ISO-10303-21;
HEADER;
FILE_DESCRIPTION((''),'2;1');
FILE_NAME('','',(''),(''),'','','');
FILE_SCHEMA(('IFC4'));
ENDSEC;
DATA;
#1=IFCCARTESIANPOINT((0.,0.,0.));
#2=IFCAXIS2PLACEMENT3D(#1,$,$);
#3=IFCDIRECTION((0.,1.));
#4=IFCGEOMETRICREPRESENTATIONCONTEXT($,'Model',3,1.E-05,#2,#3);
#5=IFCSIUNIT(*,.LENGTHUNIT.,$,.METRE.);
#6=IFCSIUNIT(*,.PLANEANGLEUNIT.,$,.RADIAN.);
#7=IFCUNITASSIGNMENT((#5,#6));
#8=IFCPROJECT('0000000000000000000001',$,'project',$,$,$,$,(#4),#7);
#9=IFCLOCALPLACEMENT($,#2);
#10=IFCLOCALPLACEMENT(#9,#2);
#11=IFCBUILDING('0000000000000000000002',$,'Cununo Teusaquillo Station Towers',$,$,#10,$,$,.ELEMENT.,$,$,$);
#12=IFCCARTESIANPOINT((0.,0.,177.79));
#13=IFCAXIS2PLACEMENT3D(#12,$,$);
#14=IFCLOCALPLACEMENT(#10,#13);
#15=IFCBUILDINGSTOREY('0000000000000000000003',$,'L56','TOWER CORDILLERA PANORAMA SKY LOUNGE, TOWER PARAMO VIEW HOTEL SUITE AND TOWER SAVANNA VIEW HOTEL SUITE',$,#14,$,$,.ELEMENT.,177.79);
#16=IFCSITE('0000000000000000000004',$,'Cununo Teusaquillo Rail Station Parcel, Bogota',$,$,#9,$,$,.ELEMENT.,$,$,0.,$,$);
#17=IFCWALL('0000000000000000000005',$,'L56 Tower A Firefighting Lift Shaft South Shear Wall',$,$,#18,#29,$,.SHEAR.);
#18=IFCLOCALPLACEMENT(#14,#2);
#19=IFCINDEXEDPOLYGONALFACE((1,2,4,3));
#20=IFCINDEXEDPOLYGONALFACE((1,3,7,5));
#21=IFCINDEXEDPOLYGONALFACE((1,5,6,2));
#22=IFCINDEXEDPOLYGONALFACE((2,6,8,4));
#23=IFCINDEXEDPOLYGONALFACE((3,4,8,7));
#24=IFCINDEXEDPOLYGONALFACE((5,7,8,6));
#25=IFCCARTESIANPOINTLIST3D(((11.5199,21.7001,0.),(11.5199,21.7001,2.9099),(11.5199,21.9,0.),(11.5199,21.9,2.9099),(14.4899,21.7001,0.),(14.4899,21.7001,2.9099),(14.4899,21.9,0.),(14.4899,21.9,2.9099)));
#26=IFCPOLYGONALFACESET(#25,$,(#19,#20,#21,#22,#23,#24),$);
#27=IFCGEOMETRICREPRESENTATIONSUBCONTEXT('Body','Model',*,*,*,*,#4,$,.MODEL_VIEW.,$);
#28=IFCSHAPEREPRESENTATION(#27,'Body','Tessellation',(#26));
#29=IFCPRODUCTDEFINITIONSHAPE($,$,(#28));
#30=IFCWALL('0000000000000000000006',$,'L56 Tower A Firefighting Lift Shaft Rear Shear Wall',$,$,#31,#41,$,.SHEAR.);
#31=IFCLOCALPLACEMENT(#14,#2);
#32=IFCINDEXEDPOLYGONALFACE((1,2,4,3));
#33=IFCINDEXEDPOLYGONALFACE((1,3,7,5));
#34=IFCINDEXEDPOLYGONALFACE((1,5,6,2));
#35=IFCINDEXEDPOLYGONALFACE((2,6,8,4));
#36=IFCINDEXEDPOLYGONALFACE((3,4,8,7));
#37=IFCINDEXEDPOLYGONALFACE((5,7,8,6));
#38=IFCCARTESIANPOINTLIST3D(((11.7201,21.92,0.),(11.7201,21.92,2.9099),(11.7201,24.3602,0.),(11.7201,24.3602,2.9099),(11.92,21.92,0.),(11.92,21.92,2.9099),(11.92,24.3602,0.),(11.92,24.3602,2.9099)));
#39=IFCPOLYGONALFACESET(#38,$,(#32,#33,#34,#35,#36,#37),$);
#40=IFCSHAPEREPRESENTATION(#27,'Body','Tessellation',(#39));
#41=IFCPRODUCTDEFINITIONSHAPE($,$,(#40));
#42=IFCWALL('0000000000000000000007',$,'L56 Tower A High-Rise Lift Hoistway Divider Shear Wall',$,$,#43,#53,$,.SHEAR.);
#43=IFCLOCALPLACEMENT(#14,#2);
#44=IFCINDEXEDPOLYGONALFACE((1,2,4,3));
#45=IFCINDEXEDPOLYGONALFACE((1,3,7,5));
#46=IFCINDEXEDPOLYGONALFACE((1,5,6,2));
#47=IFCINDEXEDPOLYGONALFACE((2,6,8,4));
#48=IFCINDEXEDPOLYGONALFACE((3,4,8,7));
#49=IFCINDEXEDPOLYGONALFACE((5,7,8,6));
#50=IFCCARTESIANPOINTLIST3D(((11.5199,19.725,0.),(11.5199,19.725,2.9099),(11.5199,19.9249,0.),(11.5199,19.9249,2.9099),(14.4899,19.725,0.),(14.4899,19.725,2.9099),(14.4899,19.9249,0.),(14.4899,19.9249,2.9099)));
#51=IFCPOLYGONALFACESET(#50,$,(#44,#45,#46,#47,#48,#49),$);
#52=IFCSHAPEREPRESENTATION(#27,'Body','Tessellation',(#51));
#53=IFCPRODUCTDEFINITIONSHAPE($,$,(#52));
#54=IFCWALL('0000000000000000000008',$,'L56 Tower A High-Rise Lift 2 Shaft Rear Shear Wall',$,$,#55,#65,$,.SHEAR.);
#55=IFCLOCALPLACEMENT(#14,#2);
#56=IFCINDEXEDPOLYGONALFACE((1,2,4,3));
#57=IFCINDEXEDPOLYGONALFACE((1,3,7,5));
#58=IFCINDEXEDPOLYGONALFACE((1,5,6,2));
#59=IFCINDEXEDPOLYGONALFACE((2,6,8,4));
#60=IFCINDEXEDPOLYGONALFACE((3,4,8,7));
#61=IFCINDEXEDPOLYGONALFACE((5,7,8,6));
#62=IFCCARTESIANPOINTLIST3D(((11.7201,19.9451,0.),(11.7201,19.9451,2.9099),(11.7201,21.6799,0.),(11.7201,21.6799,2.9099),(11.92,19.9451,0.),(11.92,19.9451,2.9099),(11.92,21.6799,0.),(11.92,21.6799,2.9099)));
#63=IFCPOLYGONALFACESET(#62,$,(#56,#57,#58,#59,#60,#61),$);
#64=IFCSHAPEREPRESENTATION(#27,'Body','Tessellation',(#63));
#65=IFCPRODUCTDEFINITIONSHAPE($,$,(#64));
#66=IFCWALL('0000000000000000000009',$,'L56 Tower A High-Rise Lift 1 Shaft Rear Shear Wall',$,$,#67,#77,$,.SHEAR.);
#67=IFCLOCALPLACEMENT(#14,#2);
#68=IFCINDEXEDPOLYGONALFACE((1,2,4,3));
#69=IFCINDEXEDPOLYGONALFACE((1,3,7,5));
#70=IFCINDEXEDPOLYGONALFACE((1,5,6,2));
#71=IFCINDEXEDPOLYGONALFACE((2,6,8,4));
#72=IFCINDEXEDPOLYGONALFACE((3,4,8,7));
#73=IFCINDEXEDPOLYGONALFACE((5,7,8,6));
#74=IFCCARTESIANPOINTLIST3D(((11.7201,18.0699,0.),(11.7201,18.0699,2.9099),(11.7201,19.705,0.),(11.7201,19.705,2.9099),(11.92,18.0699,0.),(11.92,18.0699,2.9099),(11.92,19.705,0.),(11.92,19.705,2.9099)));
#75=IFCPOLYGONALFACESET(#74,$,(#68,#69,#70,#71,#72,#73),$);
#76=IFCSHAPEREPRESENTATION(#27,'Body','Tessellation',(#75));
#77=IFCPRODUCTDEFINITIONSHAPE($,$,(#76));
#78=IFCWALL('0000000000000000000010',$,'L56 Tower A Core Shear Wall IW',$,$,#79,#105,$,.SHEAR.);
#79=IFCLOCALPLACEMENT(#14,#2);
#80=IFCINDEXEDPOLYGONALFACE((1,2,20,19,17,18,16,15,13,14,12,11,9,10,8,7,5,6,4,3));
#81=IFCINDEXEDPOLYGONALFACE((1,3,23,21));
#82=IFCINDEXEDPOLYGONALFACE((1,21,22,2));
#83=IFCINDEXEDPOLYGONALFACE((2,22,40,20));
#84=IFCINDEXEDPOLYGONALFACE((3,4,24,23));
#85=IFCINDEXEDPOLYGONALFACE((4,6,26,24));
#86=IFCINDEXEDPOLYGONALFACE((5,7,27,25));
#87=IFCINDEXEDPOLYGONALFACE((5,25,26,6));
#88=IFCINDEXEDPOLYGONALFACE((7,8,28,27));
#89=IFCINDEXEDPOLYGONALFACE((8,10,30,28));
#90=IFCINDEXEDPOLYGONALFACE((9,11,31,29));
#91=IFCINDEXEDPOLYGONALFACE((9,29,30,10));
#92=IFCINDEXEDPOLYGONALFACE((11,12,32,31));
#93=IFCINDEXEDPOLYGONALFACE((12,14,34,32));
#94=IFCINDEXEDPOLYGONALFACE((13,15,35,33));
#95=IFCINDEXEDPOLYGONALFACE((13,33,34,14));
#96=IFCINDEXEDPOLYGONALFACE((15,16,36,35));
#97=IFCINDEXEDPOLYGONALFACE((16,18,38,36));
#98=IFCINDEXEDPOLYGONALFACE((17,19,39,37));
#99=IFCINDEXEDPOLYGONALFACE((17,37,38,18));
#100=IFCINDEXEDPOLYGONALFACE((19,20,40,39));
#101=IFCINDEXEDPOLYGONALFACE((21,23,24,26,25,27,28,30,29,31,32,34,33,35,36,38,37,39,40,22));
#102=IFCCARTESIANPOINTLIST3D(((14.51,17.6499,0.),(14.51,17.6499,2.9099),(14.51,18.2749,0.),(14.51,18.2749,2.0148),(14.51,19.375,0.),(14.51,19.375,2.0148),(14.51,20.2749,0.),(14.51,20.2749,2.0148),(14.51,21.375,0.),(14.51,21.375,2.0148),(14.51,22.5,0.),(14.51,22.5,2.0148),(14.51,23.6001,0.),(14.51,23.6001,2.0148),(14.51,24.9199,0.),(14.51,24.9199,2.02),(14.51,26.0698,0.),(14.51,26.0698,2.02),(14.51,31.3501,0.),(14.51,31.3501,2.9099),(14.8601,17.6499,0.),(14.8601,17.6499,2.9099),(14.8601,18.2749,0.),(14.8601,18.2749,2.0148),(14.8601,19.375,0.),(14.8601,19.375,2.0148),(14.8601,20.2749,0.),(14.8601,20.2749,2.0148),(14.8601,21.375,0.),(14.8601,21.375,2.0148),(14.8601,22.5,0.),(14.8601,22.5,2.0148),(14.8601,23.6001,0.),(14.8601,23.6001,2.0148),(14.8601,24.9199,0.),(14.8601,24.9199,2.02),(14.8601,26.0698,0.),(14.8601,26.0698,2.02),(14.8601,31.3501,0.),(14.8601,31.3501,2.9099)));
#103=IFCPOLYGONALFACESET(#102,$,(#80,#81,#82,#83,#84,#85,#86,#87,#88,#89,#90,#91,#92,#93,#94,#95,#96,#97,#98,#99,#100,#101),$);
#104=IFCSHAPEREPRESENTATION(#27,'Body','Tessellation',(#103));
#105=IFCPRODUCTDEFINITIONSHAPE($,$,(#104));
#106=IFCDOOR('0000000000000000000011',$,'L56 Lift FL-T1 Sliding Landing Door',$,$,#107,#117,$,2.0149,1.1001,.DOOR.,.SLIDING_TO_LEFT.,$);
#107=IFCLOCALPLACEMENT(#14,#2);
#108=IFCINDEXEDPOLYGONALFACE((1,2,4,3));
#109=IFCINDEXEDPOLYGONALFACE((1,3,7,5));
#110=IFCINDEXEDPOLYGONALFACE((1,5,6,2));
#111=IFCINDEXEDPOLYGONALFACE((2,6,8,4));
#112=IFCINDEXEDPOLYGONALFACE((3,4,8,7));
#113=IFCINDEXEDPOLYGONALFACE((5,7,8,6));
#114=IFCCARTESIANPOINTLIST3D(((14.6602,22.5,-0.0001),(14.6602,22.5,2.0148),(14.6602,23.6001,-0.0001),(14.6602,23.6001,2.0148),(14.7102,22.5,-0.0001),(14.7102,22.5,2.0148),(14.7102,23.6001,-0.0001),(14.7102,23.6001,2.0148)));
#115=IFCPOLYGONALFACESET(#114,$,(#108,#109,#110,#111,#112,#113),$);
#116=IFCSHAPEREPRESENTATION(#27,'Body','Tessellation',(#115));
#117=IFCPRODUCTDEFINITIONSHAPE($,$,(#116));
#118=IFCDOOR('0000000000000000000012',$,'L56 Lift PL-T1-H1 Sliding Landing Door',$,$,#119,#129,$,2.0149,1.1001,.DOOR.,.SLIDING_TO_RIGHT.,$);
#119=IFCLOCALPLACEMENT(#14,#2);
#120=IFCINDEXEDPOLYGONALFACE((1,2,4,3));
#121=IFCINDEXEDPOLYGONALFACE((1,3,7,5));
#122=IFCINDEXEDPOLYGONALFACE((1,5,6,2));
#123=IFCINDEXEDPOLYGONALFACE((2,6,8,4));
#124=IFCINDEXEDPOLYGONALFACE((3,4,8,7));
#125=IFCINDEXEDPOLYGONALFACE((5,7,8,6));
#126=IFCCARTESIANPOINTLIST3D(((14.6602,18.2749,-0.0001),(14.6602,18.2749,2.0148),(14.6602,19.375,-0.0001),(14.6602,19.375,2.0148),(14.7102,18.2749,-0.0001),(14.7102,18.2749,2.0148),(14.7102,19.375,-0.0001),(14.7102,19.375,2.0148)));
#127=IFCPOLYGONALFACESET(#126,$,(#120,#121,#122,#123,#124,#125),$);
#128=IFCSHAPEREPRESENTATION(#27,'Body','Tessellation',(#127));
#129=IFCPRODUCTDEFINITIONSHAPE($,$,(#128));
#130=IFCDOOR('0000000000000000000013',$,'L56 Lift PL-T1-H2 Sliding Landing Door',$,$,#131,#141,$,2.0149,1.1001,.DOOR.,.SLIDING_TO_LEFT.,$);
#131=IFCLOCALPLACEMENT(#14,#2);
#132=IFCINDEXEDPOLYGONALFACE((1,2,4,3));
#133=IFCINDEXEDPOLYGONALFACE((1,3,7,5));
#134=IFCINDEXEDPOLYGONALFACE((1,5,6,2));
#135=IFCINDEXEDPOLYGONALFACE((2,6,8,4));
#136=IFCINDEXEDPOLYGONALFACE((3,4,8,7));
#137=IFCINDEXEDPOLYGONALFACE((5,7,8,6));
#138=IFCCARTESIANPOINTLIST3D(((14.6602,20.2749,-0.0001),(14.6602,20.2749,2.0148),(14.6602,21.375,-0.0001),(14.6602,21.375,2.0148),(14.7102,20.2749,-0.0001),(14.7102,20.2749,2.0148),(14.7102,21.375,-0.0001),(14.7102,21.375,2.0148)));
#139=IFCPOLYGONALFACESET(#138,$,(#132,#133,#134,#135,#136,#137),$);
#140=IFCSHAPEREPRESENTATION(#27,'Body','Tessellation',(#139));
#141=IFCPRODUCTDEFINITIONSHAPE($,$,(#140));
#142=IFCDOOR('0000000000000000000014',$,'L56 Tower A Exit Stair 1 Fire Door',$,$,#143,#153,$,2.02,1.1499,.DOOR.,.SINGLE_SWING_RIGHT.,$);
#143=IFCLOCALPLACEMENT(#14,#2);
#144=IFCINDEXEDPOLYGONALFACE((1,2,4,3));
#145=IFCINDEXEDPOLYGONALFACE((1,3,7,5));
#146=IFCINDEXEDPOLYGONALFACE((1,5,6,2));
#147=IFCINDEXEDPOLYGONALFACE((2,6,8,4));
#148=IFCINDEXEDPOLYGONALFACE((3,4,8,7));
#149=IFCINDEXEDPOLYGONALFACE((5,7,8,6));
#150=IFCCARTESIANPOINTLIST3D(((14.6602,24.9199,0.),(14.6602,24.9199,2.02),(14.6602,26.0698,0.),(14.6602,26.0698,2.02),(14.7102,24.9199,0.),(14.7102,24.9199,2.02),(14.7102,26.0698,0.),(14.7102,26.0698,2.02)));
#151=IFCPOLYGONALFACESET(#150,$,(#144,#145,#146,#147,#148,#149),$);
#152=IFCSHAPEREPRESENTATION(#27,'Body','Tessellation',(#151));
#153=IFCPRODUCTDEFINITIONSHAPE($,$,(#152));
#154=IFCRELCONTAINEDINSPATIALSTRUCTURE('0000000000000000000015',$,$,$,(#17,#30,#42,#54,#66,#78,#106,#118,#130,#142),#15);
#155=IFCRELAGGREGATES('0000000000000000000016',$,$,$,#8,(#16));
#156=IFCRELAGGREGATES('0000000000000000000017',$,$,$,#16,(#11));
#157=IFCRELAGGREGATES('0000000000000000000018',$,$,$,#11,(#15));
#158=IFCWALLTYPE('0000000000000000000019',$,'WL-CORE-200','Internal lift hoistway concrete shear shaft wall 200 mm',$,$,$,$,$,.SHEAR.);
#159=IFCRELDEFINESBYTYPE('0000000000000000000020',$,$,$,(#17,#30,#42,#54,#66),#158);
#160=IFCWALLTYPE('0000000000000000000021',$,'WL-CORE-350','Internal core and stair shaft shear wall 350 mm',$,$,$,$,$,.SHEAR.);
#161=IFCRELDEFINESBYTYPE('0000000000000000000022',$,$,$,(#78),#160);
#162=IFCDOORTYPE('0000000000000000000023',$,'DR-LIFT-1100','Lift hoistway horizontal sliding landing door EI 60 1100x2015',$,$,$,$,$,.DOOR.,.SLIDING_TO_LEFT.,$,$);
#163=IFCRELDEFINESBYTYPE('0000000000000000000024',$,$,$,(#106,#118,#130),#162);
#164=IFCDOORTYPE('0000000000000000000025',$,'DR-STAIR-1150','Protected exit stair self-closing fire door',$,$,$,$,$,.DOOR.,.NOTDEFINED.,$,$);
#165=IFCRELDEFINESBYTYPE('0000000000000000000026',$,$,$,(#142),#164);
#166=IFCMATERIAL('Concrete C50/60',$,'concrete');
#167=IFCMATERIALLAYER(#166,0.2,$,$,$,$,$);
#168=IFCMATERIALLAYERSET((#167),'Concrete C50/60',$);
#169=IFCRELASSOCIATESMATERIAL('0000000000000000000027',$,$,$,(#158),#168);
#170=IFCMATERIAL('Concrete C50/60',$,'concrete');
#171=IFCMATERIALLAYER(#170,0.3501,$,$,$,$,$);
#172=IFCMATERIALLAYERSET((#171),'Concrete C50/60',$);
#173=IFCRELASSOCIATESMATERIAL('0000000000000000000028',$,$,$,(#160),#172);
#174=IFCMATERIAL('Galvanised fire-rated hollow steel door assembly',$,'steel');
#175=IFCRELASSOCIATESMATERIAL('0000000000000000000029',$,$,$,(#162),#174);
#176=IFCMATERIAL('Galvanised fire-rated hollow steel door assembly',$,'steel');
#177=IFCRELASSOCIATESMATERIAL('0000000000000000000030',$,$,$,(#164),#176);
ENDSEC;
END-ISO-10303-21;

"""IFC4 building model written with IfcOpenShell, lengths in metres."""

from ifc_helpers import new_model, si_unit, direction, frame, frame_2d, origin, place, context, subcontext, project, spatial, rectangle, extrude, source, transform, mapped, material, layer, layer_set, type_object, element, fill, save


model = new_model("IFC4")

# Units and contexts
model_context = context("Model", 3, precision=1e-05, world=origin(), true_north=direction((0.0, 1.0)))
body_context = subcontext(model_context, "Body", "Model", "MODEL_VIEW")
ifc_project = project(units=[si_unit("LENGTHUNIT", "METRE"), si_unit("PLANEANGLEUNIT", "RADIAN")], contexts=[model_context])

# Site, building, storey
site_placement = place(None, origin())
site = spatial("IfcSite", under=ifc_project, at=site_placement, Name="Cununo Teusaquillo Rail Station Parcel, Bogota", CompositionType="ELEMENT", RefElevation=0.0)
building_placement = place(site_placement, origin())
building = spatial("IfcBuilding", under=site, at=building_placement, Name="Cununo Teusaquillo Station Towers", CompositionType="ELEMENT")
storey_placement = place(building_placement, frame((0.0, 0.0, 177.79)))
storey = spatial("IfcBuildingStorey", under=building, at=storey_placement, Name="L56", Description="TOWER CORDILLERA PANORAMA SKY LOUNGE, TOWER PARAMO VIEW HOTEL SUITE AND TOWER SAVANNA VIEW HOTEL SUITE", CompositionType="ELEMENT", Elevation=177.79)

# Walls
ifc_material_1 = material(Name="Concrete C50/60", Category="concrete")
ifc_layer_1 = layer(ifc_material_1, 0.2)
ifc_layer_set_1 = layer_set([ifc_layer_1], Name="Concrete C50/60")
wall_type_1 = type_object("IfcWallType", Name="WL-CORE-200", Description="Internal lift hoistway concrete shear shaft wall 200 mm", PredefinedType="SHEAR", material=ifc_layer_set_1)
wall_1_placement = place(storey_placement, frame((11.52, 21.8, 0.0), z_axis=(0.0, 0.0, 1.0), x_axis=(1.0, 0.0, 0.0)))
element("IfcWall", 1, at=wall_1_placement, inside=storey, type_object=wall_type_1, Name="L56 Tower A Firefighting Lift Shaft South Shear Wall", PredefinedType="SHEAR", context=body_context, shape_type="SweptSolid", body=[
    extrude(rectangle(XDim=2.97, YDim=0.2, at=frame_2d((1.4849, 0.0))), origin(), (0.0, 0.0, 1.0), 2.9099),
])
wall_2_placement = place(storey_placement, frame((11.8201, 21.9199, 0.0), z_axis=(0.0, 0.0, 1.0), x_axis=(0.0, 1.0, 0.0)))
element("IfcWall", 2, at=wall_2_placement, inside=storey, type_object=wall_type_1, Name="L56 Tower A Firefighting Lift Shaft Rear Shear Wall", PredefinedType="SHEAR", context=body_context, shape_type="SweptSolid", body=[
    extrude(rectangle(XDim=2.4402, YDim=0.2, at=frame_2d((1.2202, 0.0))), origin(), (0.0, 0.0, 1.0), 2.9099),
])
wall_3_placement = place(storey_placement, frame((11.52, 19.825, 0.0), z_axis=(0.0, 0.0, 1.0), x_axis=(1.0, 0.0, 0.0)))
element("IfcWall", 3, at=wall_3_placement, inside=storey, type_object=wall_type_1, Name="L56 Tower A High-Rise Lift Hoistway Divider Shear Wall", PredefinedType="SHEAR", context=body_context, shape_type="SweptSolid", body=[
    extrude(rectangle(XDim=2.97, YDim=0.2, at=frame_2d((1.4849, 0.0))), origin(), (0.0, 0.0, 1.0), 2.9099),
])
wall_4_placement = place(storey_placement, frame((11.8201, 19.9451, 0.0), z_axis=(0.0, 0.0, 1.0), x_axis=(0.0, 1.0, 0.0)))
element("IfcWall", 4, at=wall_4_placement, inside=storey, type_object=wall_type_1, Name="L56 Tower A High-Rise Lift 2 Shaft Rear Shear Wall", PredefinedType="SHEAR", context=body_context, shape_type="SweptSolid", body=[
    extrude(rectangle(XDim=1.7349, YDim=0.2, at=frame_2d((0.8674, 0.0))), origin(), (0.0, 0.0, 1.0), 2.9099),
])
wall_5_placement = place(storey_placement, frame((11.8201, 18.0701, 0.0), z_axis=(0.0, 0.0, 1.0), x_axis=(0.0, 1.0, 0.0)))
element("IfcWall", 5, at=wall_5_placement, inside=storey, type_object=wall_type_1, Name="L56 Tower A High-Rise Lift 1 Shaft Rear Shear Wall", PredefinedType="SHEAR", context=body_context, shape_type="SweptSolid", body=[
    extrude(rectangle(XDim=1.635, YDim=0.2, at=frame_2d((0.8174, 0.0))), origin(), (0.0, 0.0, 1.0), 2.9099),
])

# Wall, openings, doors
ifc_material_2 = material(Name="Concrete C50/60", Category="concrete")
ifc_layer_2 = layer(ifc_material_2, 0.3501)
ifc_layer_set_2 = layer_set([ifc_layer_2], Name="Concrete C50/60")
wall_type_2 = type_object("IfcWallType", Name="WL-CORE-350", Description="Internal core and stair shaft shear wall 350 mm", PredefinedType="SHEAR", material=ifc_layer_set_2)
wall_6_placement = place(storey_placement, frame((14.6851, 17.6499, 0.0), z_axis=(0.0, 0.0, 1.0), x_axis=(0.0, 1.0, 0.0)))
wall_6 = element("IfcWall", 6, at=wall_6_placement, inside=storey, type_object=wall_type_2, Name="L56 Tower A Core Shear Wall IW", PredefinedType="SHEAR", context=body_context, shape_type="SweptSolid", body=[
    extrude(rectangle(XDim=13.7002, YDim=0.3501, at=frame_2d((6.8501, 0.0))), origin(), (0.0, 0.0, 1.0), 2.9099),
])
shared_shape_1 = source(origin(), body_context, "Body", "SweptSolid", [
    extrude(rectangle(XDim=1.1001, YDim=2.0149, at=frame_2d((0.55, 1.0073))), frame((0.0, 0.1851, 0.0), z_axis=(0.0, -1.0, 0.0), x_axis=(1.0, 0.0, 0.0)), (0.0, 0.0, 1.0), 0.3701),
])
opening_1_placement = place(wall_6_placement, frame((4.8501, 0.0, 0.0)))
opening_1 = element("IfcOpeningElement", 7, at=opening_1_placement, cuts=wall_6, PredefinedType="OPENING", context=body_context, shape_type="MappedRepresentation", body=[
    mapped(shared_shape_1, transform((0.0, 0.0, 0.0), x_axis=(1.0, 0.0, 0.0), y_axis=(0.0, 1.0, 0.0), z_axis=(0.0, 0.0, 1.0), scale=1.0)),
])
opening_2_placement = place(wall_6_placement, frame((0.625, 0.0, 0.0)))
opening_2 = element("IfcOpeningElement", 8, at=opening_2_placement, cuts=wall_6, PredefinedType="OPENING", context=body_context, shape_type="MappedRepresentation", body=[
    mapped(shared_shape_1, transform((0.0, 0.0, 0.0), x_axis=(1.0, 0.0, 0.0), y_axis=(0.0, 1.0, 0.0), z_axis=(0.0, 0.0, 1.0), scale=1.0)),
])
opening_3_placement = place(wall_6_placement, frame((2.625, 0.0, 0.0)))
opening_3 = element("IfcOpeningElement", 9, at=opening_3_placement, cuts=wall_6, PredefinedType="OPENING", context=body_context, shape_type="MappedRepresentation", body=[
    mapped(shared_shape_1, transform((0.0, 0.0, 0.0), x_axis=(1.0, 0.0, 0.0), y_axis=(0.0, 1.0, 0.0), z_axis=(0.0, 0.0, 1.0), scale=1.0)),
])
shared_shape_2 = source(origin(), body_context, "Body", "SweptSolid", [
    extrude(rectangle(XDim=1.1499, YDim=2.02, at=frame_2d((0.575, 1.01))), frame((0.0, 0.1851, 0.0), z_axis=(0.0, -1.0, 0.0), x_axis=(1.0, 0.0, 0.0)), (0.0, 0.0, 1.0), 0.3701),
])
opening_4_placement = place(wall_6_placement, frame((7.27, 0.0, 0.0)))
opening_4 = element("IfcOpeningElement", 10, at=opening_4_placement, cuts=wall_6, PredefinedType="OPENING", context=body_context, shape_type="MappedRepresentation", body=[
    mapped(shared_shape_2, transform((0.0, 0.0, 0.0), x_axis=(1.0, 0.0, 0.0), y_axis=(0.0, 1.0, 0.0), z_axis=(0.0, 0.0, 1.0), scale=1.0)),
])
ifc_material_3 = material(Name="Galvanised fire-rated hollow steel door assembly", Category="steel")
door_type_1 = type_object("IfcDoorType", Name="DR-LIFT-1100", Description="Lift hoistway horizontal sliding landing door EI 60 1100x2015", OperationType="SLIDING_TO_LEFT", PredefinedType="DOOR", material=ifc_material_3)
shared_shape_3 = source(origin(), body_context, "Body", "SweptSolid", [
    extrude(rectangle(XDim=1.1001, YDim=2.0149, at=frame_2d((0.55, 1.0073))), frame((0.0, 0.0249, 0.0), z_axis=(0.0, -1.0, 0.0), x_axis=(1.0, 0.0, 0.0)), (0.0, 0.0, 1.0), 0.05),
])
door_1_placement = place(opening_1_placement, origin())
door_1 = element("IfcDoor", 11, at=door_1_placement, inside=storey, type_object=door_type_1, Name="L56 Lift FL-T1 Sliding Landing Door", OperationType="SLIDING_TO_LEFT", OverallHeight=2.0149, OverallWidth=1.1001, PredefinedType="DOOR", context=body_context, shape_type="MappedRepresentation", body=[
    mapped(shared_shape_3, transform((0.0, 0.0, 0.0), x_axis=(1.0, 0.0, 0.0), y_axis=(0.0, 1.0, 0.0), z_axis=(0.0, 0.0, 1.0), scale=1.0)),
])
fill(opening_1, door_1)
door_2_placement = place(opening_2_placement, origin())
door_2 = element("IfcDoor", 12, at=door_2_placement, inside=storey, type_object=door_type_1, Name="L56 Lift PL-T1-H1 Sliding Landing Door", OperationType="SLIDING_TO_RIGHT", OverallHeight=2.0149, OverallWidth=1.1001, PredefinedType="DOOR", context=body_context, shape_type="MappedRepresentation", body=[
    mapped(shared_shape_3, transform((0.0, 0.0, 0.0), x_axis=(1.0, 0.0, 0.0), y_axis=(0.0, 1.0, 0.0), z_axis=(0.0, 0.0, 1.0), scale=1.0)),
])
fill(opening_2, door_2)
door_3_placement = place(opening_3_placement, origin())
door_3 = element("IfcDoor", 13, at=door_3_placement, inside=storey, type_object=door_type_1, Name="L56 Lift PL-T1-H2 Sliding Landing Door", OperationType="SLIDING_TO_LEFT", OverallHeight=2.0149, OverallWidth=1.1001, PredefinedType="DOOR", context=body_context, shape_type="MappedRepresentation", body=[
    mapped(shared_shape_3, transform((0.0, 0.0, 0.0), x_axis=(1.0, 0.0, 0.0), y_axis=(0.0, 1.0, 0.0), z_axis=(0.0, 0.0, 1.0), scale=1.0)),
])
fill(opening_3, door_3)
ifc_material_4 = material(Name="Galvanised fire-rated hollow steel door assembly", Category="steel")
door_type_2 = type_object("IfcDoorType", Name="DR-STAIR-1150", Description="Protected exit stair self-closing fire door", OperationType="NOTDEFINED", PredefinedType="DOOR", material=ifc_material_4)
shared_shape_4 = source(origin(), body_context, "Body", "SweptSolid", [
    extrude(rectangle(XDim=1.1499, YDim=2.02, at=frame_2d((0.575, 1.01))), frame((0.0, 0.0249, 0.0), z_axis=(0.0, -1.0, 0.0), x_axis=(1.0, 0.0, 0.0)), (0.0, 0.0, 1.0), 0.05),
])
door_4_placement = place(opening_4_placement, origin())
door_4 = element("IfcDoor", 14, at=door_4_placement, inside=storey, type_object=door_type_2, Name="L56 Tower A Exit Stair 1 Fire Door", OperationType="SINGLE_SWING_RIGHT", OverallHeight=2.02, OverallWidth=1.1499, PredefinedType="DOOR", context=body_context, shape_type="MappedRepresentation", body=[
    mapped(shared_shape_4, transform((0.0, 0.0, 0.0), x_axis=(1.0, 0.0, 0.0), y_axis=(0.0, 1.0, 0.0), z_axis=(0.0, 0.0, 1.0), scale=1.0)),
])
fill(opening_4, door_4)

save(model, "model.ifc")
